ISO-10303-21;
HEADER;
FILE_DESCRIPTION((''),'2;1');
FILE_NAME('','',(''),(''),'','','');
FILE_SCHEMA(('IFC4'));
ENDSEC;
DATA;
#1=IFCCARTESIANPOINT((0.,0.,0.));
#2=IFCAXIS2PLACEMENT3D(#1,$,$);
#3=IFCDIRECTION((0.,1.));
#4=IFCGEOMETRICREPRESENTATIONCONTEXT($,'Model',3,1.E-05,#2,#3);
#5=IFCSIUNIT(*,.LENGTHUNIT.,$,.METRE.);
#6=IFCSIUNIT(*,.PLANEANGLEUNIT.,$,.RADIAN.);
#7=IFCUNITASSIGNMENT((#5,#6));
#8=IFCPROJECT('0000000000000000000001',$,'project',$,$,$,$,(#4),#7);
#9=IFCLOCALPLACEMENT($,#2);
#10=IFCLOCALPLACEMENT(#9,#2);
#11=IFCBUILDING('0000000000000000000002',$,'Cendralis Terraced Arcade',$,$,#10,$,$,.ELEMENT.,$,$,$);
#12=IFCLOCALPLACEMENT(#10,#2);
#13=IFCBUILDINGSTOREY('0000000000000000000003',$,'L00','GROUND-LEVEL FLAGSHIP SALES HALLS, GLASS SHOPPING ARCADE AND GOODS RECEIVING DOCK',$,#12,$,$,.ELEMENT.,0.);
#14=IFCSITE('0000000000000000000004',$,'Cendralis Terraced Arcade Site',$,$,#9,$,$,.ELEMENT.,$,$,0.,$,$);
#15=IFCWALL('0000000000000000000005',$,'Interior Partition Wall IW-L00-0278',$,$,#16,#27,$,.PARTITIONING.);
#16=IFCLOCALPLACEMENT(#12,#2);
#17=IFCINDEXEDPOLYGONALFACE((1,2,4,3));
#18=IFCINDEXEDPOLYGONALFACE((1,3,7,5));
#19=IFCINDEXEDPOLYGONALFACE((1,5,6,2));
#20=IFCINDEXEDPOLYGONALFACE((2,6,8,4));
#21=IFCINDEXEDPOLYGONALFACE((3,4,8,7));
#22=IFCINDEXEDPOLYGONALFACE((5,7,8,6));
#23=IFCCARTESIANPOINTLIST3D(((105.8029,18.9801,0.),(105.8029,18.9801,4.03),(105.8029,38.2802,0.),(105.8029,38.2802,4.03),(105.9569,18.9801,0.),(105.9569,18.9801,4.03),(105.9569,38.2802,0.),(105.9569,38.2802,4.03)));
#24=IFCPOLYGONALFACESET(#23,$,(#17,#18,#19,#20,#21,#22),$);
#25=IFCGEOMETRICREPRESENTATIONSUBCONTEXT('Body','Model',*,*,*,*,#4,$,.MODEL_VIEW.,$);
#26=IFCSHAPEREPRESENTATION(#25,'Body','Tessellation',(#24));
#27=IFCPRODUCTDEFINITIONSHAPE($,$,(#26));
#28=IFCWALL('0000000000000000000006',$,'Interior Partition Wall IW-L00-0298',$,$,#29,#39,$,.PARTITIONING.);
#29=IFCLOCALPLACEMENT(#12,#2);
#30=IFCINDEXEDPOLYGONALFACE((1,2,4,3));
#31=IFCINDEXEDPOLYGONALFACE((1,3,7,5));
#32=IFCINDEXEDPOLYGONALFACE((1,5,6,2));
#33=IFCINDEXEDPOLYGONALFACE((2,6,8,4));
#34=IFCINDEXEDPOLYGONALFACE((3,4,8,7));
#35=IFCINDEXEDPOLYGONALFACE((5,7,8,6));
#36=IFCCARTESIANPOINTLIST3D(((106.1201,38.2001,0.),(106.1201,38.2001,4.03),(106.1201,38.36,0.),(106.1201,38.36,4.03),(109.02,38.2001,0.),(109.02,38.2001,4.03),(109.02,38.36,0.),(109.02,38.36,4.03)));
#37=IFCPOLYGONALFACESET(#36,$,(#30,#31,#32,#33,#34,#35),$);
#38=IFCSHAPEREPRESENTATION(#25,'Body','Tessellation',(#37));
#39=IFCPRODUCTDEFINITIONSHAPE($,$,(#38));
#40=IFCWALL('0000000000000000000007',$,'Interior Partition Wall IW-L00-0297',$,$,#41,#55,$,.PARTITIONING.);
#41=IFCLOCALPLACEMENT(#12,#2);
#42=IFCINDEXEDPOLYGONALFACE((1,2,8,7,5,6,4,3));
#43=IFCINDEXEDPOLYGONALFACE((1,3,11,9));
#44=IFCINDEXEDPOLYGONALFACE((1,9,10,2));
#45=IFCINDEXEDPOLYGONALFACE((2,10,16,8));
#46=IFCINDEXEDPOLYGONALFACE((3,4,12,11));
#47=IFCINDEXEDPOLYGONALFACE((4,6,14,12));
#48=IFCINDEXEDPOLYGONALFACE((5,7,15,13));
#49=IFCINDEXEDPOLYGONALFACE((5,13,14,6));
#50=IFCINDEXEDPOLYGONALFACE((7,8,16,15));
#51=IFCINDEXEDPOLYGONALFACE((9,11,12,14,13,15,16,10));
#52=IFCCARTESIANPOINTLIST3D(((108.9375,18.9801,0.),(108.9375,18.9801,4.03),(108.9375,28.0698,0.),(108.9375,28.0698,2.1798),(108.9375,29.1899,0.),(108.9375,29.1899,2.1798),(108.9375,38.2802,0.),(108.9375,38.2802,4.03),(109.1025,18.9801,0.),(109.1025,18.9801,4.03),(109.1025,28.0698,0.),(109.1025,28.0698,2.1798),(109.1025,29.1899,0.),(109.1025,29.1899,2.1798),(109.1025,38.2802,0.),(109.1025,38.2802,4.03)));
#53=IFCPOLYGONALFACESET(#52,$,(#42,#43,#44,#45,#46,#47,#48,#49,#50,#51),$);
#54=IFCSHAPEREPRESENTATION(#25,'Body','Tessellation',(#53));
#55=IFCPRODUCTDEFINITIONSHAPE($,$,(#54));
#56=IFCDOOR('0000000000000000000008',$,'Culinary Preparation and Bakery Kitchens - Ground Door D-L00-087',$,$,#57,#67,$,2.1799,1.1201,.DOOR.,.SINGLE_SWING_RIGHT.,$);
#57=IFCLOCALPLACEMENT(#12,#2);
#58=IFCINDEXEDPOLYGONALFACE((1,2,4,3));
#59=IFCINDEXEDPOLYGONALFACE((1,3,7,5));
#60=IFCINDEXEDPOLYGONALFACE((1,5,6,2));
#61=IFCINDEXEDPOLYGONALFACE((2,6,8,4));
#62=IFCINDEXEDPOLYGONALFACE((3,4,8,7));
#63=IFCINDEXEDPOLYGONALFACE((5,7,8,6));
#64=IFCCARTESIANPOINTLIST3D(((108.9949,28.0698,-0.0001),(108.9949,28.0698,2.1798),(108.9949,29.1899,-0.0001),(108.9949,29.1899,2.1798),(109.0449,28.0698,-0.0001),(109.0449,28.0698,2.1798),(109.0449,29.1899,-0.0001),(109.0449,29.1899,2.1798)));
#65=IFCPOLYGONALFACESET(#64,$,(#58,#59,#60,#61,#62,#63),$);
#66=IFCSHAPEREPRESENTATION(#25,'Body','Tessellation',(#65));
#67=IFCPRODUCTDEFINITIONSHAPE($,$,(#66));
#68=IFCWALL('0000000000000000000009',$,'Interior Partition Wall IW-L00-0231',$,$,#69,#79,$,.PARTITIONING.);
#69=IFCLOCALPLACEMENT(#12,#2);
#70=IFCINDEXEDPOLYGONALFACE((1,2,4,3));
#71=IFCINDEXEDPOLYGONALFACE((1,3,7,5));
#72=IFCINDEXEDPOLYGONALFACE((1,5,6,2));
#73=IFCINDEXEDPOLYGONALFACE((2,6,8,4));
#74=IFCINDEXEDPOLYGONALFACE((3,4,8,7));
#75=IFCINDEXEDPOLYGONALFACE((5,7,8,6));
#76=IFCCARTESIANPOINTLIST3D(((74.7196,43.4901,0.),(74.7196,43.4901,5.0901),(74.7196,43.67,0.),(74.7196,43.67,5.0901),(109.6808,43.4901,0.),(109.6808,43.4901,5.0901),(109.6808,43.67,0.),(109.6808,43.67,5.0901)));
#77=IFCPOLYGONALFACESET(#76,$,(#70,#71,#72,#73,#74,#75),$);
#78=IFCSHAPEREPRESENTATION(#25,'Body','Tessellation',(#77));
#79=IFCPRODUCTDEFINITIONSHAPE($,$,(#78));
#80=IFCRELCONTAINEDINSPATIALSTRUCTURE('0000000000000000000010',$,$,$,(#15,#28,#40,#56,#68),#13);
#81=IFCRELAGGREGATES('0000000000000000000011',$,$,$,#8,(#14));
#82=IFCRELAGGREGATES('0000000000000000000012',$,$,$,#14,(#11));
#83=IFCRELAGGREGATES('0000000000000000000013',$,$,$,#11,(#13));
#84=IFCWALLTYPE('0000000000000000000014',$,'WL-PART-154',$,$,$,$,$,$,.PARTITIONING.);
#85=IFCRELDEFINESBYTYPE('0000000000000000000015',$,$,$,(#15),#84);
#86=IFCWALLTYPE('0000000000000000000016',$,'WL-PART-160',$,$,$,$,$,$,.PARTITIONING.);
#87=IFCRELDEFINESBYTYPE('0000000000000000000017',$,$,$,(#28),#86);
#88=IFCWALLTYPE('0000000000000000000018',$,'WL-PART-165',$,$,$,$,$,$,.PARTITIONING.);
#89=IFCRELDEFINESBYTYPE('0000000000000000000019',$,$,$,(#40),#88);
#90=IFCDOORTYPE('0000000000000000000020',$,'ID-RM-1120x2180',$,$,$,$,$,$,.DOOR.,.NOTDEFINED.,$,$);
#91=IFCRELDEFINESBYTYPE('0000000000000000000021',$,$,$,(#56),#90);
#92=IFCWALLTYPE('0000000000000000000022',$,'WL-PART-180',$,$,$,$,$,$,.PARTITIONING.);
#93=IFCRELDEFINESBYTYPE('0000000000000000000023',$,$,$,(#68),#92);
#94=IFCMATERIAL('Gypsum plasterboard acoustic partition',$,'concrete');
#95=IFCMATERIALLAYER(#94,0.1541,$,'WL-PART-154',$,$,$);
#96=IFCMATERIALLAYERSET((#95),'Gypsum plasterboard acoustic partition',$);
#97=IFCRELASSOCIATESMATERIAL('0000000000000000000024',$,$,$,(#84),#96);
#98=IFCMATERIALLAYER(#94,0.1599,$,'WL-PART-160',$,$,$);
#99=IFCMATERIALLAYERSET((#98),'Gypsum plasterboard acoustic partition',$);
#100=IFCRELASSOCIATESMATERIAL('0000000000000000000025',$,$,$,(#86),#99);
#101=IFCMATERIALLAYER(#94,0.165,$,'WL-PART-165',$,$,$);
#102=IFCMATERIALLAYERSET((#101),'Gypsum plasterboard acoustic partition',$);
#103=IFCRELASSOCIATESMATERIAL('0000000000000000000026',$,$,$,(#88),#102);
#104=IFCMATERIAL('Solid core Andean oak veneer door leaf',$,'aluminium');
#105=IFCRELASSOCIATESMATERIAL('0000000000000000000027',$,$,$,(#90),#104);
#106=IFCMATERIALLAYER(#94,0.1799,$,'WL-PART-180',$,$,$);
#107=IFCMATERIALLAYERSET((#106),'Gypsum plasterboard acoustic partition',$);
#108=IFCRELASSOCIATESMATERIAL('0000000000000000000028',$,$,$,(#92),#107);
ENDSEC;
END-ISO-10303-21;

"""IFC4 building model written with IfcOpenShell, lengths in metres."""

from ifc_helpers import new_model, si_unit, direction, frame, frame_2d, origin, place, context, subcontext, project, spatial, rectangle, extrude, material, layer, layer_set, type_object, element, fill, save


model = new_model("IFC4")

# Units and contexts
model_context = context("Model", 3, precision=1e-05, world=origin(), true_north=direction((0.0, 1.0)))
body_context = subcontext(model_context, "Body", "Model", "MODEL_VIEW")
ifc_project = project(units=[si_unit("LENGTHUNIT", "METRE"), si_unit("PLANEANGLEUNIT", "RADIAN")], contexts=[model_context])

# Site, building, storey
site_placement = place(None, origin())
site = spatial("IfcSite", under=ifc_project, at=site_placement, Name="Cendralis Terraced Arcade Site", CompositionType="ELEMENT", RefElevation=0.0)
building_placement = place(site_placement, origin())
building = spatial("IfcBuilding", under=site, at=building_placement, Name="Cendralis Terraced Arcade", CompositionType="ELEMENT")
storey_placement = place(building_placement, origin())
storey = spatial("IfcBuildingStorey", under=building, at=storey_placement, Name="L00", Description="GROUND-LEVEL FLAGSHIP SALES HALLS, GLASS SHOPPING ARCADE AND GOODS RECEIVING DOCK", CompositionType="ELEMENT", Elevation=0.0)

# Walls
ifc_material_1 = material(Name="Gypsum plasterboard acoustic partition", Category="concrete")
ifc_layer_1 = layer(ifc_material_1, 0.1541, Name="WL-PART-154")
ifc_layer_set_1 = layer_set([ifc_layer_1], Name="Gypsum plasterboard acoustic partition")
wall_type_1 = type_object("IfcWallType", Name="WL-PART-154", PredefinedType="PARTITIONING", material=ifc_layer_set_1)
wall_1_placement = place(storey_placement, frame((105.8799, 38.28, 0.0), z_axis=(0.0, 0.0, 1.0), x_axis=(0.0, -1.0, 0.0)))
element("IfcWall", 1, at=wall_1_placement, inside=storey, type_object=wall_type_1, Name="Interior Partition Wall IW-L00-0278", PredefinedType="PARTITIONING", context=body_context, shape_type="SweptSolid", body=[
    extrude(rectangle(XDim=19.3, YDim=0.1541, at=frame_2d((9.6499, 0.0))), origin(), (0.0, 0.0, 1.0), 4.03),
])
ifc_layer_2 = layer(ifc_material_1, 0.1599, Name="WL-PART-160")
ifc_layer_set_2 = layer_set([ifc_layer_2], Name="Gypsum plasterboard acoustic partition")
wall_type_2 = type_object("IfcWallType", Name="WL-PART-160", PredefinedType="PARTITIONING", material=ifc_layer_set_2)
wall_2_placement = place(storey_placement, frame((106.1201, 38.28, 0.0), z_axis=(0.0, 0.0, 1.0), x_axis=(1.0, 0.0, 0.0)))
element("IfcWall", 2, at=wall_2_placement, inside=storey, type_object=wall_type_2, Name="Interior Partition Wall IW-L00-0298", PredefinedType="PARTITIONING", context=body_context, shape_type="SweptSolid", body=[
    extrude(rectangle(XDim=2.8999, YDim=0.1599, at=frame_2d((1.45, 0.0))), origin(), (0.0, 0.0, 1.0), 4.03),
])

# Wall, opening, door
ifc_layer_3 = layer(ifc_material_1, 0.165, Name="WL-PART-165")
ifc_layer_set_3 = layer_set([ifc_layer_3], Name="Gypsum plasterboard acoustic partition")
wall_type_3 = type_object("IfcWallType", Name="WL-PART-165", PredefinedType="PARTITIONING", material=ifc_layer_set_3)
wall_3_placement = place(storey_placement, frame((109.02, 38.28, 0.0), z_axis=(0.0, 0.0, 1.0), x_axis=(0.0, -1.0, 0.0)))
wall_3 = element("IfcWall", 3, at=wall_3_placement, inside=storey, type_object=wall_type_3, Name="Interior Partition Wall IW-L00-0297", PredefinedType="PARTITIONING", context=body_context, shape_type="SweptSolid", body=[
    extrude(rectangle(XDim=19.3, YDim=0.165, at=frame_2d((9.6499, 0.0))), origin(), (0.0, 0.0, 1.0), 4.03),
])
opening_placement = place(wall_3_placement, frame((9.0901, 0.0, 0.0)))
opening = element("IfcOpeningElement", 4, at=opening_placement, cuts=wall_3, PredefinedType="OPENING", context=body_context, shape_type="SweptSolid", body=[
    extrude(rectangle(XDim=1.1201, YDim=2.1799, at=frame_2d((0.5601, 1.0898))), frame((0.0, 0.0945, 0.0), z_axis=(0.0, -1.0, 0.0), x_axis=(1.0, 0.0, 0.0)), (0.0, 0.0, 1.0), 0.189),
])
ifc_material_2 = material(Name="Solid core Andean oak veneer door leaf", Category="aluminium")
door_type = type_object("IfcDoorType", Name="ID-RM-1120x2180", OperationType="NOTDEFINED", PredefinedType="DOOR", material=ifc_material_2)
door_placement = place(opening_placement, origin())
door = element("IfcDoor", 5, at=door_placement, inside=storey, type_object=door_type, Name="Culinary Preparation and Bakery Kitchens - Ground Door D-L00-087", OperationType="SINGLE_SWING_RIGHT", OverallHeight=2.1799, OverallWidth=1.1201, PredefinedType="DOOR", context=body_context, shape_type="SweptSolid", body=[
    extrude(rectangle(XDim=1.1201, YDim=2.1799, at=frame_2d((0.5601, 1.0898))), frame((0.0, 0.0249, 0.0), z_axis=(0.0, -1.0, 0.0), x_axis=(1.0, 0.0, 0.0)), (0.0, 0.0, 1.0), 0.05),
])
fill(opening, door)

# Wall
ifc_layer_4 = layer(ifc_material_1, 0.1799, Name="WL-PART-180")
ifc_layer_set_4 = layer_set([ifc_layer_4], Name="Gypsum plasterboard acoustic partition")
wall_type_4 = type_object("IfcWallType", Name="WL-PART-180", PredefinedType="PARTITIONING", material=ifc_layer_set_4)
wall_4_placement = place(storey_placement, frame((109.6807, 43.5801, 0.0), z_axis=(0.0, 0.0, 1.0), x_axis=(-1.0, 0.0, 0.0)))
element("IfcWall", 6, at=wall_4_placement, inside=storey, type_object=wall_type_4, Name="Interior Partition Wall IW-L00-0231", PredefinedType="PARTITIONING", context=body_context, shape_type="SweptSolid", body=[
    extrude(rectangle(XDim=34.9612, YDim=0.1799, at=frame_2d((17.4805, 0.0))), origin(), (0.0, 0.0, 1.0), 5.0901),
])

save(model, "model.ifc")
